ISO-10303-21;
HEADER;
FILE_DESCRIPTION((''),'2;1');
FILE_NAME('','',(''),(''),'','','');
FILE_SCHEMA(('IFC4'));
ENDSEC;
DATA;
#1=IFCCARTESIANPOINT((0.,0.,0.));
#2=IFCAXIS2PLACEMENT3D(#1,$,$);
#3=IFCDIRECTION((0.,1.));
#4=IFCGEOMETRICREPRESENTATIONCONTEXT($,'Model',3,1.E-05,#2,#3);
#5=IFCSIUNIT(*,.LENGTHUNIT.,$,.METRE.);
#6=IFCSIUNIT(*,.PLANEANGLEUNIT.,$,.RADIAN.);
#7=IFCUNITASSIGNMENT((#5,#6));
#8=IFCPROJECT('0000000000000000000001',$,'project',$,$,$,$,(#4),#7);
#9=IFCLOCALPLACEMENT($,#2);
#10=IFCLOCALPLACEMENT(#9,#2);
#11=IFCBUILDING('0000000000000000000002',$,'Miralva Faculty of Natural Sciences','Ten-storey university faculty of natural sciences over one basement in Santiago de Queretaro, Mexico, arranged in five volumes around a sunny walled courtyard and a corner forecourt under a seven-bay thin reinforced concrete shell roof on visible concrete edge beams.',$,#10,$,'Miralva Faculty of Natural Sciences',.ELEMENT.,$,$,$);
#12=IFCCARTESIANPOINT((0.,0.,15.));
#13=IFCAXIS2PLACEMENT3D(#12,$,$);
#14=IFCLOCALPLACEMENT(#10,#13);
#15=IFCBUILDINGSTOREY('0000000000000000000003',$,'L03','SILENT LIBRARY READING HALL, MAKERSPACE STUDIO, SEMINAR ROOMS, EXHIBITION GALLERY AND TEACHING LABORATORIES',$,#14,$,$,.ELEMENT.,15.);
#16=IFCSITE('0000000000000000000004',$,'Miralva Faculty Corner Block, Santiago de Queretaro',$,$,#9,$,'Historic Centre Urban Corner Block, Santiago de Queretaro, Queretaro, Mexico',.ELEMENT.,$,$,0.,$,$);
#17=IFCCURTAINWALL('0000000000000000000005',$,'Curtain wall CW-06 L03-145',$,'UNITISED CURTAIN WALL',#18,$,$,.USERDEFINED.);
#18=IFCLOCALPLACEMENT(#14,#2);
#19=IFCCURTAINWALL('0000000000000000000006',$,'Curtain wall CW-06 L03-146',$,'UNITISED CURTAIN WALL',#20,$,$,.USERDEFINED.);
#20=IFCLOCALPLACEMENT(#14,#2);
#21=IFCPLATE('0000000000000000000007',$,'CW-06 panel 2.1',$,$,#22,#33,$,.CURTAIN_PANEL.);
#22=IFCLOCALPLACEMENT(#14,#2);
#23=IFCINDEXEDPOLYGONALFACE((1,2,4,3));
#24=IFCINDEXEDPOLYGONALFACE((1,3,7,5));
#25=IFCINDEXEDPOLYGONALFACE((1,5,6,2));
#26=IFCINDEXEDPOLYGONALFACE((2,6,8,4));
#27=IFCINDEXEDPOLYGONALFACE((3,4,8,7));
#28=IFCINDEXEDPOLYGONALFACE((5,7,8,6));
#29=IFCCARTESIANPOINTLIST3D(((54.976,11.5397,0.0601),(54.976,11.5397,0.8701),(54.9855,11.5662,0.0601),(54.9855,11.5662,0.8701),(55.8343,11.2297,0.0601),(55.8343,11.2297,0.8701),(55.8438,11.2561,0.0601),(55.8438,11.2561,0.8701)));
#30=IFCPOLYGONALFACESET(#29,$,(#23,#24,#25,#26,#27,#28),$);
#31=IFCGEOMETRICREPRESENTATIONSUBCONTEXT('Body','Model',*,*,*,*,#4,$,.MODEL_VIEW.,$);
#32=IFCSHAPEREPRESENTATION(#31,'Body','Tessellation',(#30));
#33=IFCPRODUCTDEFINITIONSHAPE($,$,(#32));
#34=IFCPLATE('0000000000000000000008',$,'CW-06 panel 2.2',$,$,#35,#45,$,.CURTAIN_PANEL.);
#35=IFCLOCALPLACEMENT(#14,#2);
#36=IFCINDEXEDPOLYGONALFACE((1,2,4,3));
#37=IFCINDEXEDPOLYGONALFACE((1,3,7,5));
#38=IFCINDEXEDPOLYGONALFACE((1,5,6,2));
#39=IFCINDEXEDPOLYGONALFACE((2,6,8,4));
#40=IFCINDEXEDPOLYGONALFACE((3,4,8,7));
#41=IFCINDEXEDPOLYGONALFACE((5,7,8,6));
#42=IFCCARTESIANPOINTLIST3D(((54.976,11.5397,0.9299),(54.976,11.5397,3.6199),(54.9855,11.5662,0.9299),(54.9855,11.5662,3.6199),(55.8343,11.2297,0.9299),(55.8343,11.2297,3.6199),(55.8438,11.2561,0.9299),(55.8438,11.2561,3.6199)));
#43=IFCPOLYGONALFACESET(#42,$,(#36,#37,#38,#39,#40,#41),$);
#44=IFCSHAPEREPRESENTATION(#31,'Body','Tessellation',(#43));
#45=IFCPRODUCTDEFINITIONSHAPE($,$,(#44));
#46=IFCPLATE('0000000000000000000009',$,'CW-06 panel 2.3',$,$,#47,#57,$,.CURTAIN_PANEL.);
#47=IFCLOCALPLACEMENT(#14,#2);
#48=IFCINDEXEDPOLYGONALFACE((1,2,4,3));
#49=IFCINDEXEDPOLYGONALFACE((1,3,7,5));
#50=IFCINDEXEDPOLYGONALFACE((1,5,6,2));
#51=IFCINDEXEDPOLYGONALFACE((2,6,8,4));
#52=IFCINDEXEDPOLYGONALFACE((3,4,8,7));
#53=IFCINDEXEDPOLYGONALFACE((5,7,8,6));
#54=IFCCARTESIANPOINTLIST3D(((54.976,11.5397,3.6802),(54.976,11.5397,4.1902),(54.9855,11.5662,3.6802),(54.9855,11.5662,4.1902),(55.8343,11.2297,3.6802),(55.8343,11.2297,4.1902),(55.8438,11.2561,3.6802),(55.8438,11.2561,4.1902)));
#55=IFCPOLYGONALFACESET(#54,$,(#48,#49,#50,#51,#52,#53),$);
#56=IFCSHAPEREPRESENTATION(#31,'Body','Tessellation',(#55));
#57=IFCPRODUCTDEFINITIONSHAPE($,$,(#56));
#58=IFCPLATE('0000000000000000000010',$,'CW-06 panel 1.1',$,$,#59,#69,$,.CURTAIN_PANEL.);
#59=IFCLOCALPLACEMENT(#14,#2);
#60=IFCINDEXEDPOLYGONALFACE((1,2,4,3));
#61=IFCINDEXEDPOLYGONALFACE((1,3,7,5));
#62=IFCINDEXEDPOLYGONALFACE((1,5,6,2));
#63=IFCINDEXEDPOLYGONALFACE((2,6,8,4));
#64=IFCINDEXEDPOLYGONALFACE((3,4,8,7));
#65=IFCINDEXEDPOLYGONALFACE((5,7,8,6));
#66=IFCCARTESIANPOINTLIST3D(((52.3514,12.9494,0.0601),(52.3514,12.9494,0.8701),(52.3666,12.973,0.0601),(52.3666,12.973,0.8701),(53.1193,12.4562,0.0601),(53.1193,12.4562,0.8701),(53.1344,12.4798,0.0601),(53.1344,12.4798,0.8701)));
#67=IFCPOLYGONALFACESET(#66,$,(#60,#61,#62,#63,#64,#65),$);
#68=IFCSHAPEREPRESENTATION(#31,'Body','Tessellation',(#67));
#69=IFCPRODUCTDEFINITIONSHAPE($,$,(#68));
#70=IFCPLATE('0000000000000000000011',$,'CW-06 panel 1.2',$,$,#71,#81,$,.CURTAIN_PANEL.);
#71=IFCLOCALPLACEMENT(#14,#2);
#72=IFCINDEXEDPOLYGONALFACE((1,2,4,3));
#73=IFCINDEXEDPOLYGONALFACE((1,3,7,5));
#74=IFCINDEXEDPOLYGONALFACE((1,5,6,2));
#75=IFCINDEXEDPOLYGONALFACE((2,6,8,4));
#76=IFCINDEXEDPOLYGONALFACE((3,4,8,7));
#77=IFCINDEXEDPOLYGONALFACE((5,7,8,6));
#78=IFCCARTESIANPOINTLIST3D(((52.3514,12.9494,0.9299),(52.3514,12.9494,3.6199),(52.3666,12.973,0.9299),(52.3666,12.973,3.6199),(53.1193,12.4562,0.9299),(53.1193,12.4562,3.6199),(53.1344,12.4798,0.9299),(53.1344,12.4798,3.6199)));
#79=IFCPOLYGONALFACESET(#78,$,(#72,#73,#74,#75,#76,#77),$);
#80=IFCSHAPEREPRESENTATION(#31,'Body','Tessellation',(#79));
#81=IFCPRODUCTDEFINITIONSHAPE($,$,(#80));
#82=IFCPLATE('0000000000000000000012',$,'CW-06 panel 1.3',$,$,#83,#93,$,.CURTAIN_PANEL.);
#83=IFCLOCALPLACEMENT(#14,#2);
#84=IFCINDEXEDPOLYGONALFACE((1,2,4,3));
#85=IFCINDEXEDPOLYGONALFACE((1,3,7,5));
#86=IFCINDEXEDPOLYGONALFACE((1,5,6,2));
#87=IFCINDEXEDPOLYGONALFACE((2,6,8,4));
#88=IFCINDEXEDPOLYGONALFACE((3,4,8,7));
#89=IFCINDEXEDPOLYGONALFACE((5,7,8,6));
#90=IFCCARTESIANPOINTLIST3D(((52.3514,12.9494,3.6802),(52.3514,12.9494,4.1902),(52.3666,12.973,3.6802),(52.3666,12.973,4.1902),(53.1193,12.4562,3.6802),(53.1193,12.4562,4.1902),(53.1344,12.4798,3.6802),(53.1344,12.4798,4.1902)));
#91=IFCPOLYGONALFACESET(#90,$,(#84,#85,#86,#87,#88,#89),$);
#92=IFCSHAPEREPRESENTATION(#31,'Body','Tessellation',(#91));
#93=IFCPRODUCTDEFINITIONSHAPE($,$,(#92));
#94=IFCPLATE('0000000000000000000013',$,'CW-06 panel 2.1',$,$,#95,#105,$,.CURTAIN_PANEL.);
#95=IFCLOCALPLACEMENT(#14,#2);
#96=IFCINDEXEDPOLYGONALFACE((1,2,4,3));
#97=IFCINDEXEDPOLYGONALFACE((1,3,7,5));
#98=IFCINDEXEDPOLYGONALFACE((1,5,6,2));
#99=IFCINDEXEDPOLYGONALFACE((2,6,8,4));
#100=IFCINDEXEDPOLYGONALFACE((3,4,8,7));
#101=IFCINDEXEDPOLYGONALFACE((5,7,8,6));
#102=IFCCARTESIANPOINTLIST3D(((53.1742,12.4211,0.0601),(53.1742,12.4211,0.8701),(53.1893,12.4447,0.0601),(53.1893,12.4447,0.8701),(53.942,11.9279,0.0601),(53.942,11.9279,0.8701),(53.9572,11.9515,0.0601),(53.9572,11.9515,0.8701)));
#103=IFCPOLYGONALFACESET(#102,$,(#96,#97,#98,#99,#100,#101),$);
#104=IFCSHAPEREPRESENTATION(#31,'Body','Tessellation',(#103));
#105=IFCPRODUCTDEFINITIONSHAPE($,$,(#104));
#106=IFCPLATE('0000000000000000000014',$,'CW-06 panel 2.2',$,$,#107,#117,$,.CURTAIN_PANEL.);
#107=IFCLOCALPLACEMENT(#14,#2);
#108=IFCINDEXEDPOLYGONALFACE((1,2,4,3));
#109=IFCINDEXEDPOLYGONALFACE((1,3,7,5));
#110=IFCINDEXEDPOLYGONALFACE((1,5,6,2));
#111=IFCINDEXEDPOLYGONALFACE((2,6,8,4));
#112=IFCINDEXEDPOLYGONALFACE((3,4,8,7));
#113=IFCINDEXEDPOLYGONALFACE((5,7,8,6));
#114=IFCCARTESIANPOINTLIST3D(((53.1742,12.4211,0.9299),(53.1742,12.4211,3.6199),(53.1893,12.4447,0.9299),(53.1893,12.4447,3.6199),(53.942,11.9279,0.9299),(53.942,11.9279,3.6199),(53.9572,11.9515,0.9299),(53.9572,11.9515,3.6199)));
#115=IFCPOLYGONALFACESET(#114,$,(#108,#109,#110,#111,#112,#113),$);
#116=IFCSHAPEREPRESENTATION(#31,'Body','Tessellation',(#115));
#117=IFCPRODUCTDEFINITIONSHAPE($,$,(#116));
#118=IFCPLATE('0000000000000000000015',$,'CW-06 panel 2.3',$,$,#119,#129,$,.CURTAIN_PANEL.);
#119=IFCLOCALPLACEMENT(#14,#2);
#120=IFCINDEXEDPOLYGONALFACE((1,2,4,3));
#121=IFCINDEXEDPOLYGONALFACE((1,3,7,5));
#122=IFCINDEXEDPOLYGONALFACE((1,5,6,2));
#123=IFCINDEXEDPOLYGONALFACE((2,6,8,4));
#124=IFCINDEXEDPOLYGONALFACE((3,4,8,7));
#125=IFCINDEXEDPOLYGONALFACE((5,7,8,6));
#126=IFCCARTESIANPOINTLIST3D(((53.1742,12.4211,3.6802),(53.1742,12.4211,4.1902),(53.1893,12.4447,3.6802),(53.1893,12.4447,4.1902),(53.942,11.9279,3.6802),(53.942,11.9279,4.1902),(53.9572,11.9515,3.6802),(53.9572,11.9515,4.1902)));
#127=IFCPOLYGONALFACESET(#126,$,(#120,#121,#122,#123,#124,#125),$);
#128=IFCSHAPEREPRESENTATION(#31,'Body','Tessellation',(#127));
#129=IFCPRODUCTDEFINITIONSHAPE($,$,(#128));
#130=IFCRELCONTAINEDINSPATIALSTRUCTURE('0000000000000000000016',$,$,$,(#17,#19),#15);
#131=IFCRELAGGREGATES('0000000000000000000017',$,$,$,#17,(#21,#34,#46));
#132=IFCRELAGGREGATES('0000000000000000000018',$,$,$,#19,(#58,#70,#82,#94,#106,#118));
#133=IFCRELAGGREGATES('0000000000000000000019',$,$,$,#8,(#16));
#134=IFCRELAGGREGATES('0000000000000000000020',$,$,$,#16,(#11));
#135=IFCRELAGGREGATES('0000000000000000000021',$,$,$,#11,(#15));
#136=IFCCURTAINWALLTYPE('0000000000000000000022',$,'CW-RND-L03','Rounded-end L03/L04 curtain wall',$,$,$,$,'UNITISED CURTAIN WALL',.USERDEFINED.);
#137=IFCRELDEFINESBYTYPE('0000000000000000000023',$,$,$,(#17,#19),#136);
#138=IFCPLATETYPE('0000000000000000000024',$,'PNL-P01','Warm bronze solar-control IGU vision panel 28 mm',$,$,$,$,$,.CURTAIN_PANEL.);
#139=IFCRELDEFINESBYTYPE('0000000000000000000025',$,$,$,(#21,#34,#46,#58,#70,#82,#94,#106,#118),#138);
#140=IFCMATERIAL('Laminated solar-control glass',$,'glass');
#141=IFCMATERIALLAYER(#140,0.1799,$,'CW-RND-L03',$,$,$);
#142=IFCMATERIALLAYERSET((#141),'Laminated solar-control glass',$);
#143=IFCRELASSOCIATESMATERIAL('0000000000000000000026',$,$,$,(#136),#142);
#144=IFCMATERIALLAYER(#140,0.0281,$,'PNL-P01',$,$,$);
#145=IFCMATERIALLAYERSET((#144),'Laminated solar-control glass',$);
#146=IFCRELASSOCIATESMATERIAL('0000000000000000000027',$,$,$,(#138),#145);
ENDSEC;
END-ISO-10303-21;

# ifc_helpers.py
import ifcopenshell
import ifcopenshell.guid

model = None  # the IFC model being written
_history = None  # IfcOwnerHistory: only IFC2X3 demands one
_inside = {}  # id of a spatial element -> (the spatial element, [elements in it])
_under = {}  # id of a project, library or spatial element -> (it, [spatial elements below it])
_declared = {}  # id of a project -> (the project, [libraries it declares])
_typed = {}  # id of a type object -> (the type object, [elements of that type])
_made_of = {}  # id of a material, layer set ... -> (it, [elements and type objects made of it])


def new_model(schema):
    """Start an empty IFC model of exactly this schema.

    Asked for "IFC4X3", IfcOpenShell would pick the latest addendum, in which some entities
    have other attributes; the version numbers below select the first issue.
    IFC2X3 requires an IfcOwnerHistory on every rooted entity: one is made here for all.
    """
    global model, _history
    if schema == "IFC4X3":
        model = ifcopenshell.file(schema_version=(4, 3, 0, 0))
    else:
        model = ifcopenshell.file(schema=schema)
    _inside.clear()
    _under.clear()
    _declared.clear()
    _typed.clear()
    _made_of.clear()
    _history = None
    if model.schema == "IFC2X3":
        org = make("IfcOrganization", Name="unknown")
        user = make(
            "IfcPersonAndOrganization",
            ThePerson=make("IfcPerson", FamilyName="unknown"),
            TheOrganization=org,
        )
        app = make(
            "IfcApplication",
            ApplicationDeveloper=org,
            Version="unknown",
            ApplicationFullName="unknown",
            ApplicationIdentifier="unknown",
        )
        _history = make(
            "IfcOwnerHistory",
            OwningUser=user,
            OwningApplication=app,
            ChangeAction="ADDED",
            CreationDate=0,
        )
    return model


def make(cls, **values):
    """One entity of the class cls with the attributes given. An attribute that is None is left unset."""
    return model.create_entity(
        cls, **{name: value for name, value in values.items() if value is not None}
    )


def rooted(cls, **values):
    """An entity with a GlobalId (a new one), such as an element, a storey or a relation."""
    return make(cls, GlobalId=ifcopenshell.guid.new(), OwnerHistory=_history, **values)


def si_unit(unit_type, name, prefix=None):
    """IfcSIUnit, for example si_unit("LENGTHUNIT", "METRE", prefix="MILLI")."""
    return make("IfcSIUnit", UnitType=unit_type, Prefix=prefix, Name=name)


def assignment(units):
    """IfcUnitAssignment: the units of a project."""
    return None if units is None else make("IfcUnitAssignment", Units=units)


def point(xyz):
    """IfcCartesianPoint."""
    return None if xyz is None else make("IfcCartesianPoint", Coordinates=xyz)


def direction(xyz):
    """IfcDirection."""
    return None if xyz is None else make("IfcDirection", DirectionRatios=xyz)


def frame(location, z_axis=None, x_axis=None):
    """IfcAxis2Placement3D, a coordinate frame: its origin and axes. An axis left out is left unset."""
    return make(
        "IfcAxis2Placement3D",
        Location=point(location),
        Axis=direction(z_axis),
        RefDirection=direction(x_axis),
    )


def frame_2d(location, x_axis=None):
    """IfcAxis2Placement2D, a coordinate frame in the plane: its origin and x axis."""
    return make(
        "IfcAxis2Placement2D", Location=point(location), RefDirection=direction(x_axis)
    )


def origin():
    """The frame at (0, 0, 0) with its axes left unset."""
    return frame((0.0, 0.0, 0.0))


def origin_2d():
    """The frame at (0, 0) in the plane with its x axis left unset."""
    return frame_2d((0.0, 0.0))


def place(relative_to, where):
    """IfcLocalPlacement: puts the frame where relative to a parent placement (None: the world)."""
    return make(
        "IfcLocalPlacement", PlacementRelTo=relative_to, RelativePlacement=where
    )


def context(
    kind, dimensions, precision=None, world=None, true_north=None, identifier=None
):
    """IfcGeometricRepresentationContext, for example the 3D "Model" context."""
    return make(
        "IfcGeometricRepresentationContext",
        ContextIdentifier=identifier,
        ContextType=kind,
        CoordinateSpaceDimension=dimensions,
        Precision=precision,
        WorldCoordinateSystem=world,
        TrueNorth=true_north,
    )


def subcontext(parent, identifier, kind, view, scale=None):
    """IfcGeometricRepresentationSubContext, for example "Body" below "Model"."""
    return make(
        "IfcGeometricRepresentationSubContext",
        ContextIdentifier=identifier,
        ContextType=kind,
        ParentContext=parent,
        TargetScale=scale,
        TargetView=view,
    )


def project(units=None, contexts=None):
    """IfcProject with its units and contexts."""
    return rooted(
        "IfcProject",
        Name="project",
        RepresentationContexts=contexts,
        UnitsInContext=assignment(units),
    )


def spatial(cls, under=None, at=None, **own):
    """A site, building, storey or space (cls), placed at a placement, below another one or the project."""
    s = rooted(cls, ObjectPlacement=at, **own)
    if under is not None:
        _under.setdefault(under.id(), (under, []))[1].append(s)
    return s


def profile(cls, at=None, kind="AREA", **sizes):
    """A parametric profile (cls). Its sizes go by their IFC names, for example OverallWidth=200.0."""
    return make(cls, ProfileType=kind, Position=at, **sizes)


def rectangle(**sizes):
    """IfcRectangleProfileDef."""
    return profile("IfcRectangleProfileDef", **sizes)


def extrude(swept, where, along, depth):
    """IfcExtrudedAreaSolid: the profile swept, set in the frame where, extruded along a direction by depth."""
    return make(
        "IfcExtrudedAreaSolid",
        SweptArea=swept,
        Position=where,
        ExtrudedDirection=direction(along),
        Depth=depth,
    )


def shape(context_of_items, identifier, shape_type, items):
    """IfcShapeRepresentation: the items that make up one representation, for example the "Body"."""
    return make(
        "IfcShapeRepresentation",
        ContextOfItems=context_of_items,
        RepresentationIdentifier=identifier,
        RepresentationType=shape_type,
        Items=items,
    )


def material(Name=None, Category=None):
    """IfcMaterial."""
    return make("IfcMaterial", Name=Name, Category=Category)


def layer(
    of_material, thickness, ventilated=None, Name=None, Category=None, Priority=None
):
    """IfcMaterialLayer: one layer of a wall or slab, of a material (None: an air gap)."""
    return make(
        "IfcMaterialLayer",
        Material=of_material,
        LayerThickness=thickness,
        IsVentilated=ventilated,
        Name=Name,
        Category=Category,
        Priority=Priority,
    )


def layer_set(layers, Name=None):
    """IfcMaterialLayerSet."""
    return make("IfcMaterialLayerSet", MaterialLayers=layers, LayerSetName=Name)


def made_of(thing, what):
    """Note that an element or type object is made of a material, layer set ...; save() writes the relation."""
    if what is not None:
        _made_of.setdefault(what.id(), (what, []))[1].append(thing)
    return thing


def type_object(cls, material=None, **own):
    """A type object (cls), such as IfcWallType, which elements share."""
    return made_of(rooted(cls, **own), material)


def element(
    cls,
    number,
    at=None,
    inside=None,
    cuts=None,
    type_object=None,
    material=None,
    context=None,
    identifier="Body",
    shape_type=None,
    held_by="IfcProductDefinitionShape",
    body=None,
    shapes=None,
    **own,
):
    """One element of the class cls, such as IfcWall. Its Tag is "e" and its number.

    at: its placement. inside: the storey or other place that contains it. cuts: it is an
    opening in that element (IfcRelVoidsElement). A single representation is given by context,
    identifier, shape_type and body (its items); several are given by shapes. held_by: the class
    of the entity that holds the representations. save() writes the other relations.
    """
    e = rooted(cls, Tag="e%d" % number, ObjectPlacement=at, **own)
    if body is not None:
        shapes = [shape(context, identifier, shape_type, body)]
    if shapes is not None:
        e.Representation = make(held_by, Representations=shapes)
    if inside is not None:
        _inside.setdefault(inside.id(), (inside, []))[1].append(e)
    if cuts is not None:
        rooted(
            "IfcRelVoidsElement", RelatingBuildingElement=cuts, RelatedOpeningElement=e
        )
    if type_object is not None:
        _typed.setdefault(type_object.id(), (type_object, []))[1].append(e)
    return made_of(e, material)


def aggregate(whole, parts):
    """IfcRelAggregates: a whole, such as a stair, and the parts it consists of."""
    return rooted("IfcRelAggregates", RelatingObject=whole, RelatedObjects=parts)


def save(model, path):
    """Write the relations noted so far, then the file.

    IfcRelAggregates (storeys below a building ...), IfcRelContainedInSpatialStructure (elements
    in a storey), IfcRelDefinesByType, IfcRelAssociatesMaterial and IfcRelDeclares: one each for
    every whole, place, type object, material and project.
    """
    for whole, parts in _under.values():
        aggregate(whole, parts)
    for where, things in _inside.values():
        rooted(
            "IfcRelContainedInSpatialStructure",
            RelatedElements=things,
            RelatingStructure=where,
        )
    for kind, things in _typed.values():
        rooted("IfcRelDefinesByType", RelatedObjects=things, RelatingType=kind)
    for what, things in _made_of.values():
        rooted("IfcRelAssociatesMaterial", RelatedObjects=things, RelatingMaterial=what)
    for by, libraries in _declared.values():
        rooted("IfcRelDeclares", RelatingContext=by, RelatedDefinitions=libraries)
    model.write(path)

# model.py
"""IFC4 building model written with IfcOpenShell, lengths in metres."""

from ifc_helpers import new_model, si_unit, direction, frame, origin, origin_2d, place, context, subcontext, project, spatial, rectangle, extrude, material, layer, layer_set, type_object, element, aggregate, save


model = new_model("IFC4")

# Units and contexts
model_context = context("Model", 3, precision=1e-05, world=origin(), true_north=direction((0.0, 1.0)))
body_context = subcontext(model_context, "Body", "Model", "MODEL_VIEW")
ifc_project = project(units=[si_unit("LENGTHUNIT", "METRE"), si_unit("PLANEANGLEUNIT", "RADIAN")], contexts=[model_context])

# Site, building, storey
site_placement = place(None, origin())
site = spatial("IfcSite", under=ifc_project, at=site_placement, Name="Miralva Faculty Corner Block, Santiago de Queretaro", LongName="Historic Centre Urban Corner Block, Santiago de Queretaro, Queretaro, Mexico", CompositionType="ELEMENT", RefElevation=0.0)
building_placement = place(site_placement, origin())
building = spatial("IfcBuilding", under=site, at=building_placement, Name="Miralva Faculty of Natural Sciences", Description="Ten-storey university faculty of natural sciences over one basement in Santiago de Queretaro, Mexico, arranged in five volumes around a sunny walled courtyard and a corner forecourt under a seven-bay thin reinforced concrete shell roof on visible concrete edge beams.", LongName="Miralva Faculty of Natural Sciences", CompositionType="ELEMENT")
storey_placement = place(building_placement, frame((0.0, 0.0, 15.0)))
storey = spatial("IfcBuildingStorey", under=building, at=storey_placement, Name="L03", Description="SILENT LIBRARY READING HALL, MAKERSPACE STUDIO, SEMINAR ROOMS, EXHIBITION GALLERY AND TEACHING LABORATORIES", CompositionType="ELEMENT", Elevation=15.0)

# Shared definitions
ifc_material_1 = material(Name="Laminated solar-control glass", Category="glass")
ifc_layer_1 = layer(ifc_material_1, 0.1799, Name="CW-RND-L03")
ifc_layer_set_1 = layer_set([ifc_layer_1], Name="Laminated solar-control glass")
curtain_wall_type = type_object("IfcCurtainWallType", Name="CW-RND-L03", Description="Rounded-end L03/L04 curtain wall", ElementType="UNITISED CURTAIN WALL", PredefinedType="USERDEFINED", material=ifc_layer_set_1)

# Curtain walls
curtain_wall_1_placement = place(storey_placement, origin())
curtain_wall_1 = element("IfcCurtainWall", 1, at=curtain_wall_1_placement, inside=storey, type_object=curtain_wall_type, Name="Curtain wall CW-06 L03-145", ObjectType="UNITISED CURTAIN WALL", PredefinedType="USERDEFINED")
curtain_wall_2_placement = place(storey_placement, origin())
curtain_wall_2 = element("IfcCurtainWall", 2, at=curtain_wall_2_placement, inside=storey, type_object=curtain_wall_type, Name="Curtain wall CW-06 L03-146", ObjectType="UNITISED CURTAIN WALL", PredefinedType="USERDEFINED")

# Plates
ifc_layer_2 = layer(ifc_material_1, 0.0281, Name="PNL-P01")
ifc_layer_set_2 = layer_set([ifc_layer_2], Name="Laminated solar-control glass")
plate_type = type_object("IfcPlateType", Name="PNL-P01", Description="Warm bronze solar-control IGU vision panel 28 mm", PredefinedType="CURTAIN_PANEL", material=ifc_layer_set_2)
plate_1_placement = place(storey_placement, frame((55.4099, 11.3979, 0.0601), z_axis=(0.0, 0.0, 1.0), x_axis=(0.940535, -0.339696, 0.0)))
plate_1 = element("IfcPlate", 3, at=plate_1_placement, type_object=plate_type, Name="CW-06 panel 2.1", PredefinedType="CURTAIN_PANEL", context=body_context, shape_type="SweptSolid", body=[
    extrude(rectangle(XDim=0.9126, YDim=0.0281, at=origin_2d()), origin(), (0.0, 0.0, 1.0), 0.8101),
])
plate_2_placement = place(storey_placement, frame((55.4099, 11.3979, 0.9299), z_axis=(0.0, 0.0, 1.0), x_axis=(0.940535, -0.339696, 0.0)))
plate_2 = element("IfcPlate", 4, at=plate_2_placement, type_object=plate_type, Name="CW-06 panel 2.2", PredefinedType="CURTAIN_PANEL", context=body_context, shape_type="SweptSolid", body=[
    extrude(rectangle(XDim=0.9126, YDim=0.0281, at=origin_2d()), origin(), (0.0, 0.0, 1.0), 2.6899),
])
plate_3_placement = place(storey_placement, frame((55.4099, 11.3979, 3.6802), z_axis=(0.0, 0.0, 1.0), x_axis=(0.940535, -0.339696, 0.0)))
plate_3 = element("IfcPlate", 5, at=plate_3_placement, type_object=plate_type, Name="CW-06 panel 2.3", PredefinedType="CURTAIN_PANEL", context=body_context, shape_type="SweptSolid", body=[
    extrude(rectangle(XDim=0.9126, YDim=0.0281, at=origin_2d()), origin(), (0.0, 0.0, 1.0), 0.51),
])
aggregate(curtain_wall_1, [plate_1, plate_2, plate_3])
plate_4_placement = place(storey_placement, frame((52.7429, 12.7146, 0.0601), z_axis=(0.0, 0.0, 1.0), x_axis=(0.841379, -0.540445, 0.0)))
plate_4 = element("IfcPlate", 6, at=plate_4_placement, type_object=plate_type, Name="CW-06 panel 1.1", PredefinedType="CURTAIN_PANEL", context=body_context, shape_type="SweptSolid", body=[
    extrude(rectangle(XDim=0.9126, YDim=0.0281, at=origin_2d()), origin(), (0.0, 0.0, 1.0), 0.8101),
])
plate_5_placement = place(storey_placement, frame((52.7429, 12.7146, 0.9299), z_axis=(0.0, 0.0, 1.0), x_axis=(0.841379, -0.540445, 0.0)))
plate_5 = element("IfcPlate", 7, at=plate_5_placement, type_object=plate_type, Name="CW-06 panel 1.2", PredefinedType="CURTAIN_PANEL", context=body_context, shape_type="SweptSolid", body=[
    extrude(rectangle(XDim=0.9126, YDim=0.0281, at=origin_2d()), origin(), (0.0, 0.0, 1.0), 2.6899),
])
plate_6_placement = place(storey_placement, frame((52.7429, 12.7146, 3.6802), z_axis=(0.0, 0.0, 1.0), x_axis=(0.841379, -0.540445, 0.0)))
plate_6 = element("IfcPlate", 8, at=plate_6_placement, type_object=plate_type, Name="CW-06 panel 1.3", PredefinedType="CURTAIN_PANEL", context=body_context, shape_type="SweptSolid", body=[
    extrude(rectangle(XDim=0.9126, YDim=0.0281, at=origin_2d()), origin(), (0.0, 0.0, 1.0), 0.51),
])
plate_7_placement = place(storey_placement, frame((53.5657, 12.1863, 0.0601), z_axis=(0.0, 0.0, 1.0), x_axis=(0.841379, -0.540445, 0.0)))
plate_7 = element("IfcPlate", 9, at=plate_7_placement, type_object=plate_type, Name="CW-06 panel 2.1", PredefinedType="CURTAIN_PANEL", context=body_context, shape_type="SweptSolid", body=[
    extrude(rectangle(XDim=0.9126, YDim=0.0281, at=origin_2d()), origin(), (0.0, 0.0, 1.0), 0.8101),
])
plate_8_placement = place(storey_placement, frame((53.5657, 12.1863, 0.9299), z_axis=(0.0, 0.0, 1.0), x_axis=(0.841379, -0.540445, 0.0)))
plate_8 = element("IfcPlate", 10, at=plate_8_placement, type_object=plate_type, Name="CW-06 panel 2.2", PredefinedType="CURTAIN_PANEL", context=body_context, shape_type="SweptSolid", body=[
    extrude(rectangle(XDim=0.9126, YDim=0.0281, at=origin_2d()), origin(), (0.0, 0.0, 1.0), 2.6899),
])
plate_9_placement = place(storey_placement, frame((53.5657, 12.1863, 3.6802), z_axis=(0.0, 0.0, 1.0), x_axis=(0.841379, -0.540445, 0.0)))
plate_9 = element("IfcPlate", 11, at=plate_9_placement, type_object=plate_type, Name="CW-06 panel 2.3", PredefinedType="CURTAIN_PANEL", context=body_context, shape_type="SweptSolid", body=[
    extrude(rectangle(XDim=0.9126, YDim=0.0281, at=origin_2d()), origin(), (0.0, 0.0, 1.0), 0.51),
])
aggregate(curtain_wall_2, [plate_4, plate_5, plate_6, plate_7, plate_8, plate_9])

save(model, "model.ifc")
